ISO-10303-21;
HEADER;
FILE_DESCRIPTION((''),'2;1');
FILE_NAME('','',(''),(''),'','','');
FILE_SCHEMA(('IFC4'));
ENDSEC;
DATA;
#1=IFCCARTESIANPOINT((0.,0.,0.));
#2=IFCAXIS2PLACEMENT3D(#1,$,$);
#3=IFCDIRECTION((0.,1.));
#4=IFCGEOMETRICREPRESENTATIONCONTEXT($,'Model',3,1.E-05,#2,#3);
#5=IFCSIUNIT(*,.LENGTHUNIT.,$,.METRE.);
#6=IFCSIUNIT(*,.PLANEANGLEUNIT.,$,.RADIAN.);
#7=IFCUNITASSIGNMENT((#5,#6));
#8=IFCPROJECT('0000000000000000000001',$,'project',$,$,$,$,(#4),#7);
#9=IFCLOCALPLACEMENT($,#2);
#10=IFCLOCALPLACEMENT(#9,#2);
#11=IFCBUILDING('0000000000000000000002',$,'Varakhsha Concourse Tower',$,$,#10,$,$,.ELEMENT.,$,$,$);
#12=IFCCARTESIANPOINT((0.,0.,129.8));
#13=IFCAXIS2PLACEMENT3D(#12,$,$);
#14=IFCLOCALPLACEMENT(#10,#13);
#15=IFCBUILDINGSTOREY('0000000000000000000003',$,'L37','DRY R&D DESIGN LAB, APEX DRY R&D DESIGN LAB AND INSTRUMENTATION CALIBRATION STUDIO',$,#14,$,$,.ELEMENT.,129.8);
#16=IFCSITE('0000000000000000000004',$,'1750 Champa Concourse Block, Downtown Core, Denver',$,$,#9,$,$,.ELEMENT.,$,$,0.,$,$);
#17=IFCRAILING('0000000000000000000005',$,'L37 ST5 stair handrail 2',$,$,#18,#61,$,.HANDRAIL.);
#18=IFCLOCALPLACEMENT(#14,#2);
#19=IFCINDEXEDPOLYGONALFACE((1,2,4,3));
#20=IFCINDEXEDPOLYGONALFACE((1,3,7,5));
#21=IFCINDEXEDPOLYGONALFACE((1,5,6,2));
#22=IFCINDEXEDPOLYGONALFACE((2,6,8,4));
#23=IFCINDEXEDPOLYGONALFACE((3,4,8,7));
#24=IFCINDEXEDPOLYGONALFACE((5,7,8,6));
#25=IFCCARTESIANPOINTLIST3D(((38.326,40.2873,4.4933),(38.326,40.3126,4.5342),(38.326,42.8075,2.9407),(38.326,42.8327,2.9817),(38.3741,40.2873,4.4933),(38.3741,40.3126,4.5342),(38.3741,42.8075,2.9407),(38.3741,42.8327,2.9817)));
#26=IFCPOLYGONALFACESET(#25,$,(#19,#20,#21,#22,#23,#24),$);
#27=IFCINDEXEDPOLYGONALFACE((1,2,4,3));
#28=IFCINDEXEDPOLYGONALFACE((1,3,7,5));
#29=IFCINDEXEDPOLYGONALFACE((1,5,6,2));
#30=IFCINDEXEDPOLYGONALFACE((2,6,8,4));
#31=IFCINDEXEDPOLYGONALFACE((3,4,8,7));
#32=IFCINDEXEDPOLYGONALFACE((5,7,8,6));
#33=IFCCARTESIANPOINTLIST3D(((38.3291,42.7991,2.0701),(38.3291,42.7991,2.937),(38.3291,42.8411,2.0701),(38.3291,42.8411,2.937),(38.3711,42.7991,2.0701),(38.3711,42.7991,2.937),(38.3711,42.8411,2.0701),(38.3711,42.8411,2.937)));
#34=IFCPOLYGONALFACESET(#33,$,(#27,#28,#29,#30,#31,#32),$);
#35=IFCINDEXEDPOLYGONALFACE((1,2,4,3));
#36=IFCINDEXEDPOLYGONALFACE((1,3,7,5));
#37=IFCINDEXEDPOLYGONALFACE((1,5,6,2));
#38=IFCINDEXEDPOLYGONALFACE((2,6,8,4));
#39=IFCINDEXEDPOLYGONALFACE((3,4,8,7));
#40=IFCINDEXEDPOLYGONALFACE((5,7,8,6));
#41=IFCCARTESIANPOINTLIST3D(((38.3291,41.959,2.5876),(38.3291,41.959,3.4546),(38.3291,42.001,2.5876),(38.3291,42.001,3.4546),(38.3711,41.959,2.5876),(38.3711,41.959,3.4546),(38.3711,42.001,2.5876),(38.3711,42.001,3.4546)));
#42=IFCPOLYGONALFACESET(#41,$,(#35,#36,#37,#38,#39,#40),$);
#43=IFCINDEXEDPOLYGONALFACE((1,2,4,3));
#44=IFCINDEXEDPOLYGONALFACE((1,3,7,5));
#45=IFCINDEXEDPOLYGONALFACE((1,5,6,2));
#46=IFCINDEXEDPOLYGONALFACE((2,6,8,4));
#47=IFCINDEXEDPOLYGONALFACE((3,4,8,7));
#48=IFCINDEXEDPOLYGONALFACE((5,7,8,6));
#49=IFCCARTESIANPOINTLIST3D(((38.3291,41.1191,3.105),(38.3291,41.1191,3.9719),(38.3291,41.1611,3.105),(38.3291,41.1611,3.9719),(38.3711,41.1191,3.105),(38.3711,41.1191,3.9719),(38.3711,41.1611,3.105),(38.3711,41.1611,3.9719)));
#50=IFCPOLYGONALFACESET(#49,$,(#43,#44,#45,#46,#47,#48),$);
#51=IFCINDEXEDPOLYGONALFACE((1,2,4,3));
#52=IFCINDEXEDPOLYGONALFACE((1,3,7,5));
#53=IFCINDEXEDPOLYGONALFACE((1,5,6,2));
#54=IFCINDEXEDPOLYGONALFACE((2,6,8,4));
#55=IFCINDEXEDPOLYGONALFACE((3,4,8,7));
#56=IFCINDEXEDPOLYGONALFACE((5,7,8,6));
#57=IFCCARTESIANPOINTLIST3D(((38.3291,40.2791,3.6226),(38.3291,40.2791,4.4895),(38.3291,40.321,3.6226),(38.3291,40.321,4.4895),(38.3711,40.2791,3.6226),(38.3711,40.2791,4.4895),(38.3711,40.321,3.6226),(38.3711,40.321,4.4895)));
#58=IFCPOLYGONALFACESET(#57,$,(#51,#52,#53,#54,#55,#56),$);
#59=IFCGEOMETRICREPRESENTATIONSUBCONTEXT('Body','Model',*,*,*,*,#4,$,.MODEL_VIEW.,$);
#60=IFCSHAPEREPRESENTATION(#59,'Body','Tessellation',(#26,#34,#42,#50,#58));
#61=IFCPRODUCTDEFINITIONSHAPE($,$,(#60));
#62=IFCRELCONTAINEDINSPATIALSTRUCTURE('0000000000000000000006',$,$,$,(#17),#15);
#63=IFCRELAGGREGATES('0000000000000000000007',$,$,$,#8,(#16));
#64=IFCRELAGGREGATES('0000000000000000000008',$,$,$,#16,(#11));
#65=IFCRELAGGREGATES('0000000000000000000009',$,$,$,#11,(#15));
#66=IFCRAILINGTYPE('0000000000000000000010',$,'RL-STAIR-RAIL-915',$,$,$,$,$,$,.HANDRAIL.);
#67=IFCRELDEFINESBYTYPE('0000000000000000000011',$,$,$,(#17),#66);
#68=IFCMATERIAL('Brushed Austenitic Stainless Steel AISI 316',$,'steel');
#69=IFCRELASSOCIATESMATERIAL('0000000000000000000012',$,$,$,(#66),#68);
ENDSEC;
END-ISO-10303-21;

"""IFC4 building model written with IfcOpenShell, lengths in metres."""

from ifc_helpers import new_model, si_unit, direction, frame, origin, origin_2d, place, context, subcontext, project, spatial, rectangle, extrude, material, type_object, element, save


model = new_model("IFC4")

# Units and contexts
model_context = context("Model", 3, precision=1e-05, world=origin(), true_north=direction((0.0, 1.0)))
body_context = subcontext(model_context, "Body", "Model", "MODEL_VIEW")
ifc_project = project(units=[si_unit("LENGTHUNIT", "METRE"), si_unit("PLANEANGLEUNIT", "RADIAN")], contexts=[model_context])

# Site, building, storey
site_placement = place(None, origin())
site = spatial("IfcSite", under=ifc_project, at=site_placement, Name="1750 Champa Concourse Block, Downtown Core, Denver", CompositionType="ELEMENT", RefElevation=0.0)
building_placement = place(site_placement, origin())
building = spatial("IfcBuilding", under=site, at=building_placement, Name="Varakhsha Concourse Tower", CompositionType="ELEMENT")
storey_placement = place(building_placement, frame((0.0, 0.0, 129.8)))
storey = spatial("IfcBuildingStorey", under=building, at=storey_placement, Name="L37", Description="DRY R&D DESIGN LAB, APEX DRY R&D DESIGN LAB AND INSTRUMENTATION CALIBRATION STUDIO", CompositionType="ELEMENT", Elevation=129.8)

# Railing
ifc_material_1 = material(Name="Brushed Austenitic Stainless Steel AISI 316", Category="steel")
railing_type_1 = type_object("IfcRailingType", Name="RL-STAIR-RAIL-915", PredefinedType="HANDRAIL", material=ifc_material_1)
railing_1_placement = place(storey_placement, frame((38.3501, 42.8201, 2.0701)))
element("IfcRailing", 1, at=railing_1_placement, inside=storey, type_object=railing_type_1, Name="L37 ST5 stair handrail 2", PredefinedType="HANDRAIL", context=body_context, shape_type="SweptSolid", body=[
    extrude(rectangle(XDim=0.0481, YDim=0.0481, at=origin_2d()), frame((0.0, 0.0, 0.8911), z_axis=(0.0, -0.8514, 0.524516), x_axis=(1.0, 0.0, 0.0)), (0.0, 0.0, 1.0), 2.96),
    extrude(rectangle(XDim=0.042, YDim=0.042, at=origin_2d()), origin(), (0.0, 0.0, 1.0), 0.8669),
    extrude(rectangle(XDim=0.042, YDim=0.042, at=origin_2d()), frame((0.0, -0.8401, 0.5176)), (0.0, 0.0, 1.0), 0.8669),
    extrude(rectangle(XDim=0.042, YDim=0.042, at=origin_2d()), frame((0.0, -1.6799, 1.0349)), (0.0, 0.0, 1.0), 0.8669),
    extrude(rectangle(XDim=0.042, YDim=0.042, at=origin_2d()), frame((0.0, -2.52, 1.5525)), (0.0, 0.0, 1.0), 0.8669),
])

save(model, "model.ifc")
